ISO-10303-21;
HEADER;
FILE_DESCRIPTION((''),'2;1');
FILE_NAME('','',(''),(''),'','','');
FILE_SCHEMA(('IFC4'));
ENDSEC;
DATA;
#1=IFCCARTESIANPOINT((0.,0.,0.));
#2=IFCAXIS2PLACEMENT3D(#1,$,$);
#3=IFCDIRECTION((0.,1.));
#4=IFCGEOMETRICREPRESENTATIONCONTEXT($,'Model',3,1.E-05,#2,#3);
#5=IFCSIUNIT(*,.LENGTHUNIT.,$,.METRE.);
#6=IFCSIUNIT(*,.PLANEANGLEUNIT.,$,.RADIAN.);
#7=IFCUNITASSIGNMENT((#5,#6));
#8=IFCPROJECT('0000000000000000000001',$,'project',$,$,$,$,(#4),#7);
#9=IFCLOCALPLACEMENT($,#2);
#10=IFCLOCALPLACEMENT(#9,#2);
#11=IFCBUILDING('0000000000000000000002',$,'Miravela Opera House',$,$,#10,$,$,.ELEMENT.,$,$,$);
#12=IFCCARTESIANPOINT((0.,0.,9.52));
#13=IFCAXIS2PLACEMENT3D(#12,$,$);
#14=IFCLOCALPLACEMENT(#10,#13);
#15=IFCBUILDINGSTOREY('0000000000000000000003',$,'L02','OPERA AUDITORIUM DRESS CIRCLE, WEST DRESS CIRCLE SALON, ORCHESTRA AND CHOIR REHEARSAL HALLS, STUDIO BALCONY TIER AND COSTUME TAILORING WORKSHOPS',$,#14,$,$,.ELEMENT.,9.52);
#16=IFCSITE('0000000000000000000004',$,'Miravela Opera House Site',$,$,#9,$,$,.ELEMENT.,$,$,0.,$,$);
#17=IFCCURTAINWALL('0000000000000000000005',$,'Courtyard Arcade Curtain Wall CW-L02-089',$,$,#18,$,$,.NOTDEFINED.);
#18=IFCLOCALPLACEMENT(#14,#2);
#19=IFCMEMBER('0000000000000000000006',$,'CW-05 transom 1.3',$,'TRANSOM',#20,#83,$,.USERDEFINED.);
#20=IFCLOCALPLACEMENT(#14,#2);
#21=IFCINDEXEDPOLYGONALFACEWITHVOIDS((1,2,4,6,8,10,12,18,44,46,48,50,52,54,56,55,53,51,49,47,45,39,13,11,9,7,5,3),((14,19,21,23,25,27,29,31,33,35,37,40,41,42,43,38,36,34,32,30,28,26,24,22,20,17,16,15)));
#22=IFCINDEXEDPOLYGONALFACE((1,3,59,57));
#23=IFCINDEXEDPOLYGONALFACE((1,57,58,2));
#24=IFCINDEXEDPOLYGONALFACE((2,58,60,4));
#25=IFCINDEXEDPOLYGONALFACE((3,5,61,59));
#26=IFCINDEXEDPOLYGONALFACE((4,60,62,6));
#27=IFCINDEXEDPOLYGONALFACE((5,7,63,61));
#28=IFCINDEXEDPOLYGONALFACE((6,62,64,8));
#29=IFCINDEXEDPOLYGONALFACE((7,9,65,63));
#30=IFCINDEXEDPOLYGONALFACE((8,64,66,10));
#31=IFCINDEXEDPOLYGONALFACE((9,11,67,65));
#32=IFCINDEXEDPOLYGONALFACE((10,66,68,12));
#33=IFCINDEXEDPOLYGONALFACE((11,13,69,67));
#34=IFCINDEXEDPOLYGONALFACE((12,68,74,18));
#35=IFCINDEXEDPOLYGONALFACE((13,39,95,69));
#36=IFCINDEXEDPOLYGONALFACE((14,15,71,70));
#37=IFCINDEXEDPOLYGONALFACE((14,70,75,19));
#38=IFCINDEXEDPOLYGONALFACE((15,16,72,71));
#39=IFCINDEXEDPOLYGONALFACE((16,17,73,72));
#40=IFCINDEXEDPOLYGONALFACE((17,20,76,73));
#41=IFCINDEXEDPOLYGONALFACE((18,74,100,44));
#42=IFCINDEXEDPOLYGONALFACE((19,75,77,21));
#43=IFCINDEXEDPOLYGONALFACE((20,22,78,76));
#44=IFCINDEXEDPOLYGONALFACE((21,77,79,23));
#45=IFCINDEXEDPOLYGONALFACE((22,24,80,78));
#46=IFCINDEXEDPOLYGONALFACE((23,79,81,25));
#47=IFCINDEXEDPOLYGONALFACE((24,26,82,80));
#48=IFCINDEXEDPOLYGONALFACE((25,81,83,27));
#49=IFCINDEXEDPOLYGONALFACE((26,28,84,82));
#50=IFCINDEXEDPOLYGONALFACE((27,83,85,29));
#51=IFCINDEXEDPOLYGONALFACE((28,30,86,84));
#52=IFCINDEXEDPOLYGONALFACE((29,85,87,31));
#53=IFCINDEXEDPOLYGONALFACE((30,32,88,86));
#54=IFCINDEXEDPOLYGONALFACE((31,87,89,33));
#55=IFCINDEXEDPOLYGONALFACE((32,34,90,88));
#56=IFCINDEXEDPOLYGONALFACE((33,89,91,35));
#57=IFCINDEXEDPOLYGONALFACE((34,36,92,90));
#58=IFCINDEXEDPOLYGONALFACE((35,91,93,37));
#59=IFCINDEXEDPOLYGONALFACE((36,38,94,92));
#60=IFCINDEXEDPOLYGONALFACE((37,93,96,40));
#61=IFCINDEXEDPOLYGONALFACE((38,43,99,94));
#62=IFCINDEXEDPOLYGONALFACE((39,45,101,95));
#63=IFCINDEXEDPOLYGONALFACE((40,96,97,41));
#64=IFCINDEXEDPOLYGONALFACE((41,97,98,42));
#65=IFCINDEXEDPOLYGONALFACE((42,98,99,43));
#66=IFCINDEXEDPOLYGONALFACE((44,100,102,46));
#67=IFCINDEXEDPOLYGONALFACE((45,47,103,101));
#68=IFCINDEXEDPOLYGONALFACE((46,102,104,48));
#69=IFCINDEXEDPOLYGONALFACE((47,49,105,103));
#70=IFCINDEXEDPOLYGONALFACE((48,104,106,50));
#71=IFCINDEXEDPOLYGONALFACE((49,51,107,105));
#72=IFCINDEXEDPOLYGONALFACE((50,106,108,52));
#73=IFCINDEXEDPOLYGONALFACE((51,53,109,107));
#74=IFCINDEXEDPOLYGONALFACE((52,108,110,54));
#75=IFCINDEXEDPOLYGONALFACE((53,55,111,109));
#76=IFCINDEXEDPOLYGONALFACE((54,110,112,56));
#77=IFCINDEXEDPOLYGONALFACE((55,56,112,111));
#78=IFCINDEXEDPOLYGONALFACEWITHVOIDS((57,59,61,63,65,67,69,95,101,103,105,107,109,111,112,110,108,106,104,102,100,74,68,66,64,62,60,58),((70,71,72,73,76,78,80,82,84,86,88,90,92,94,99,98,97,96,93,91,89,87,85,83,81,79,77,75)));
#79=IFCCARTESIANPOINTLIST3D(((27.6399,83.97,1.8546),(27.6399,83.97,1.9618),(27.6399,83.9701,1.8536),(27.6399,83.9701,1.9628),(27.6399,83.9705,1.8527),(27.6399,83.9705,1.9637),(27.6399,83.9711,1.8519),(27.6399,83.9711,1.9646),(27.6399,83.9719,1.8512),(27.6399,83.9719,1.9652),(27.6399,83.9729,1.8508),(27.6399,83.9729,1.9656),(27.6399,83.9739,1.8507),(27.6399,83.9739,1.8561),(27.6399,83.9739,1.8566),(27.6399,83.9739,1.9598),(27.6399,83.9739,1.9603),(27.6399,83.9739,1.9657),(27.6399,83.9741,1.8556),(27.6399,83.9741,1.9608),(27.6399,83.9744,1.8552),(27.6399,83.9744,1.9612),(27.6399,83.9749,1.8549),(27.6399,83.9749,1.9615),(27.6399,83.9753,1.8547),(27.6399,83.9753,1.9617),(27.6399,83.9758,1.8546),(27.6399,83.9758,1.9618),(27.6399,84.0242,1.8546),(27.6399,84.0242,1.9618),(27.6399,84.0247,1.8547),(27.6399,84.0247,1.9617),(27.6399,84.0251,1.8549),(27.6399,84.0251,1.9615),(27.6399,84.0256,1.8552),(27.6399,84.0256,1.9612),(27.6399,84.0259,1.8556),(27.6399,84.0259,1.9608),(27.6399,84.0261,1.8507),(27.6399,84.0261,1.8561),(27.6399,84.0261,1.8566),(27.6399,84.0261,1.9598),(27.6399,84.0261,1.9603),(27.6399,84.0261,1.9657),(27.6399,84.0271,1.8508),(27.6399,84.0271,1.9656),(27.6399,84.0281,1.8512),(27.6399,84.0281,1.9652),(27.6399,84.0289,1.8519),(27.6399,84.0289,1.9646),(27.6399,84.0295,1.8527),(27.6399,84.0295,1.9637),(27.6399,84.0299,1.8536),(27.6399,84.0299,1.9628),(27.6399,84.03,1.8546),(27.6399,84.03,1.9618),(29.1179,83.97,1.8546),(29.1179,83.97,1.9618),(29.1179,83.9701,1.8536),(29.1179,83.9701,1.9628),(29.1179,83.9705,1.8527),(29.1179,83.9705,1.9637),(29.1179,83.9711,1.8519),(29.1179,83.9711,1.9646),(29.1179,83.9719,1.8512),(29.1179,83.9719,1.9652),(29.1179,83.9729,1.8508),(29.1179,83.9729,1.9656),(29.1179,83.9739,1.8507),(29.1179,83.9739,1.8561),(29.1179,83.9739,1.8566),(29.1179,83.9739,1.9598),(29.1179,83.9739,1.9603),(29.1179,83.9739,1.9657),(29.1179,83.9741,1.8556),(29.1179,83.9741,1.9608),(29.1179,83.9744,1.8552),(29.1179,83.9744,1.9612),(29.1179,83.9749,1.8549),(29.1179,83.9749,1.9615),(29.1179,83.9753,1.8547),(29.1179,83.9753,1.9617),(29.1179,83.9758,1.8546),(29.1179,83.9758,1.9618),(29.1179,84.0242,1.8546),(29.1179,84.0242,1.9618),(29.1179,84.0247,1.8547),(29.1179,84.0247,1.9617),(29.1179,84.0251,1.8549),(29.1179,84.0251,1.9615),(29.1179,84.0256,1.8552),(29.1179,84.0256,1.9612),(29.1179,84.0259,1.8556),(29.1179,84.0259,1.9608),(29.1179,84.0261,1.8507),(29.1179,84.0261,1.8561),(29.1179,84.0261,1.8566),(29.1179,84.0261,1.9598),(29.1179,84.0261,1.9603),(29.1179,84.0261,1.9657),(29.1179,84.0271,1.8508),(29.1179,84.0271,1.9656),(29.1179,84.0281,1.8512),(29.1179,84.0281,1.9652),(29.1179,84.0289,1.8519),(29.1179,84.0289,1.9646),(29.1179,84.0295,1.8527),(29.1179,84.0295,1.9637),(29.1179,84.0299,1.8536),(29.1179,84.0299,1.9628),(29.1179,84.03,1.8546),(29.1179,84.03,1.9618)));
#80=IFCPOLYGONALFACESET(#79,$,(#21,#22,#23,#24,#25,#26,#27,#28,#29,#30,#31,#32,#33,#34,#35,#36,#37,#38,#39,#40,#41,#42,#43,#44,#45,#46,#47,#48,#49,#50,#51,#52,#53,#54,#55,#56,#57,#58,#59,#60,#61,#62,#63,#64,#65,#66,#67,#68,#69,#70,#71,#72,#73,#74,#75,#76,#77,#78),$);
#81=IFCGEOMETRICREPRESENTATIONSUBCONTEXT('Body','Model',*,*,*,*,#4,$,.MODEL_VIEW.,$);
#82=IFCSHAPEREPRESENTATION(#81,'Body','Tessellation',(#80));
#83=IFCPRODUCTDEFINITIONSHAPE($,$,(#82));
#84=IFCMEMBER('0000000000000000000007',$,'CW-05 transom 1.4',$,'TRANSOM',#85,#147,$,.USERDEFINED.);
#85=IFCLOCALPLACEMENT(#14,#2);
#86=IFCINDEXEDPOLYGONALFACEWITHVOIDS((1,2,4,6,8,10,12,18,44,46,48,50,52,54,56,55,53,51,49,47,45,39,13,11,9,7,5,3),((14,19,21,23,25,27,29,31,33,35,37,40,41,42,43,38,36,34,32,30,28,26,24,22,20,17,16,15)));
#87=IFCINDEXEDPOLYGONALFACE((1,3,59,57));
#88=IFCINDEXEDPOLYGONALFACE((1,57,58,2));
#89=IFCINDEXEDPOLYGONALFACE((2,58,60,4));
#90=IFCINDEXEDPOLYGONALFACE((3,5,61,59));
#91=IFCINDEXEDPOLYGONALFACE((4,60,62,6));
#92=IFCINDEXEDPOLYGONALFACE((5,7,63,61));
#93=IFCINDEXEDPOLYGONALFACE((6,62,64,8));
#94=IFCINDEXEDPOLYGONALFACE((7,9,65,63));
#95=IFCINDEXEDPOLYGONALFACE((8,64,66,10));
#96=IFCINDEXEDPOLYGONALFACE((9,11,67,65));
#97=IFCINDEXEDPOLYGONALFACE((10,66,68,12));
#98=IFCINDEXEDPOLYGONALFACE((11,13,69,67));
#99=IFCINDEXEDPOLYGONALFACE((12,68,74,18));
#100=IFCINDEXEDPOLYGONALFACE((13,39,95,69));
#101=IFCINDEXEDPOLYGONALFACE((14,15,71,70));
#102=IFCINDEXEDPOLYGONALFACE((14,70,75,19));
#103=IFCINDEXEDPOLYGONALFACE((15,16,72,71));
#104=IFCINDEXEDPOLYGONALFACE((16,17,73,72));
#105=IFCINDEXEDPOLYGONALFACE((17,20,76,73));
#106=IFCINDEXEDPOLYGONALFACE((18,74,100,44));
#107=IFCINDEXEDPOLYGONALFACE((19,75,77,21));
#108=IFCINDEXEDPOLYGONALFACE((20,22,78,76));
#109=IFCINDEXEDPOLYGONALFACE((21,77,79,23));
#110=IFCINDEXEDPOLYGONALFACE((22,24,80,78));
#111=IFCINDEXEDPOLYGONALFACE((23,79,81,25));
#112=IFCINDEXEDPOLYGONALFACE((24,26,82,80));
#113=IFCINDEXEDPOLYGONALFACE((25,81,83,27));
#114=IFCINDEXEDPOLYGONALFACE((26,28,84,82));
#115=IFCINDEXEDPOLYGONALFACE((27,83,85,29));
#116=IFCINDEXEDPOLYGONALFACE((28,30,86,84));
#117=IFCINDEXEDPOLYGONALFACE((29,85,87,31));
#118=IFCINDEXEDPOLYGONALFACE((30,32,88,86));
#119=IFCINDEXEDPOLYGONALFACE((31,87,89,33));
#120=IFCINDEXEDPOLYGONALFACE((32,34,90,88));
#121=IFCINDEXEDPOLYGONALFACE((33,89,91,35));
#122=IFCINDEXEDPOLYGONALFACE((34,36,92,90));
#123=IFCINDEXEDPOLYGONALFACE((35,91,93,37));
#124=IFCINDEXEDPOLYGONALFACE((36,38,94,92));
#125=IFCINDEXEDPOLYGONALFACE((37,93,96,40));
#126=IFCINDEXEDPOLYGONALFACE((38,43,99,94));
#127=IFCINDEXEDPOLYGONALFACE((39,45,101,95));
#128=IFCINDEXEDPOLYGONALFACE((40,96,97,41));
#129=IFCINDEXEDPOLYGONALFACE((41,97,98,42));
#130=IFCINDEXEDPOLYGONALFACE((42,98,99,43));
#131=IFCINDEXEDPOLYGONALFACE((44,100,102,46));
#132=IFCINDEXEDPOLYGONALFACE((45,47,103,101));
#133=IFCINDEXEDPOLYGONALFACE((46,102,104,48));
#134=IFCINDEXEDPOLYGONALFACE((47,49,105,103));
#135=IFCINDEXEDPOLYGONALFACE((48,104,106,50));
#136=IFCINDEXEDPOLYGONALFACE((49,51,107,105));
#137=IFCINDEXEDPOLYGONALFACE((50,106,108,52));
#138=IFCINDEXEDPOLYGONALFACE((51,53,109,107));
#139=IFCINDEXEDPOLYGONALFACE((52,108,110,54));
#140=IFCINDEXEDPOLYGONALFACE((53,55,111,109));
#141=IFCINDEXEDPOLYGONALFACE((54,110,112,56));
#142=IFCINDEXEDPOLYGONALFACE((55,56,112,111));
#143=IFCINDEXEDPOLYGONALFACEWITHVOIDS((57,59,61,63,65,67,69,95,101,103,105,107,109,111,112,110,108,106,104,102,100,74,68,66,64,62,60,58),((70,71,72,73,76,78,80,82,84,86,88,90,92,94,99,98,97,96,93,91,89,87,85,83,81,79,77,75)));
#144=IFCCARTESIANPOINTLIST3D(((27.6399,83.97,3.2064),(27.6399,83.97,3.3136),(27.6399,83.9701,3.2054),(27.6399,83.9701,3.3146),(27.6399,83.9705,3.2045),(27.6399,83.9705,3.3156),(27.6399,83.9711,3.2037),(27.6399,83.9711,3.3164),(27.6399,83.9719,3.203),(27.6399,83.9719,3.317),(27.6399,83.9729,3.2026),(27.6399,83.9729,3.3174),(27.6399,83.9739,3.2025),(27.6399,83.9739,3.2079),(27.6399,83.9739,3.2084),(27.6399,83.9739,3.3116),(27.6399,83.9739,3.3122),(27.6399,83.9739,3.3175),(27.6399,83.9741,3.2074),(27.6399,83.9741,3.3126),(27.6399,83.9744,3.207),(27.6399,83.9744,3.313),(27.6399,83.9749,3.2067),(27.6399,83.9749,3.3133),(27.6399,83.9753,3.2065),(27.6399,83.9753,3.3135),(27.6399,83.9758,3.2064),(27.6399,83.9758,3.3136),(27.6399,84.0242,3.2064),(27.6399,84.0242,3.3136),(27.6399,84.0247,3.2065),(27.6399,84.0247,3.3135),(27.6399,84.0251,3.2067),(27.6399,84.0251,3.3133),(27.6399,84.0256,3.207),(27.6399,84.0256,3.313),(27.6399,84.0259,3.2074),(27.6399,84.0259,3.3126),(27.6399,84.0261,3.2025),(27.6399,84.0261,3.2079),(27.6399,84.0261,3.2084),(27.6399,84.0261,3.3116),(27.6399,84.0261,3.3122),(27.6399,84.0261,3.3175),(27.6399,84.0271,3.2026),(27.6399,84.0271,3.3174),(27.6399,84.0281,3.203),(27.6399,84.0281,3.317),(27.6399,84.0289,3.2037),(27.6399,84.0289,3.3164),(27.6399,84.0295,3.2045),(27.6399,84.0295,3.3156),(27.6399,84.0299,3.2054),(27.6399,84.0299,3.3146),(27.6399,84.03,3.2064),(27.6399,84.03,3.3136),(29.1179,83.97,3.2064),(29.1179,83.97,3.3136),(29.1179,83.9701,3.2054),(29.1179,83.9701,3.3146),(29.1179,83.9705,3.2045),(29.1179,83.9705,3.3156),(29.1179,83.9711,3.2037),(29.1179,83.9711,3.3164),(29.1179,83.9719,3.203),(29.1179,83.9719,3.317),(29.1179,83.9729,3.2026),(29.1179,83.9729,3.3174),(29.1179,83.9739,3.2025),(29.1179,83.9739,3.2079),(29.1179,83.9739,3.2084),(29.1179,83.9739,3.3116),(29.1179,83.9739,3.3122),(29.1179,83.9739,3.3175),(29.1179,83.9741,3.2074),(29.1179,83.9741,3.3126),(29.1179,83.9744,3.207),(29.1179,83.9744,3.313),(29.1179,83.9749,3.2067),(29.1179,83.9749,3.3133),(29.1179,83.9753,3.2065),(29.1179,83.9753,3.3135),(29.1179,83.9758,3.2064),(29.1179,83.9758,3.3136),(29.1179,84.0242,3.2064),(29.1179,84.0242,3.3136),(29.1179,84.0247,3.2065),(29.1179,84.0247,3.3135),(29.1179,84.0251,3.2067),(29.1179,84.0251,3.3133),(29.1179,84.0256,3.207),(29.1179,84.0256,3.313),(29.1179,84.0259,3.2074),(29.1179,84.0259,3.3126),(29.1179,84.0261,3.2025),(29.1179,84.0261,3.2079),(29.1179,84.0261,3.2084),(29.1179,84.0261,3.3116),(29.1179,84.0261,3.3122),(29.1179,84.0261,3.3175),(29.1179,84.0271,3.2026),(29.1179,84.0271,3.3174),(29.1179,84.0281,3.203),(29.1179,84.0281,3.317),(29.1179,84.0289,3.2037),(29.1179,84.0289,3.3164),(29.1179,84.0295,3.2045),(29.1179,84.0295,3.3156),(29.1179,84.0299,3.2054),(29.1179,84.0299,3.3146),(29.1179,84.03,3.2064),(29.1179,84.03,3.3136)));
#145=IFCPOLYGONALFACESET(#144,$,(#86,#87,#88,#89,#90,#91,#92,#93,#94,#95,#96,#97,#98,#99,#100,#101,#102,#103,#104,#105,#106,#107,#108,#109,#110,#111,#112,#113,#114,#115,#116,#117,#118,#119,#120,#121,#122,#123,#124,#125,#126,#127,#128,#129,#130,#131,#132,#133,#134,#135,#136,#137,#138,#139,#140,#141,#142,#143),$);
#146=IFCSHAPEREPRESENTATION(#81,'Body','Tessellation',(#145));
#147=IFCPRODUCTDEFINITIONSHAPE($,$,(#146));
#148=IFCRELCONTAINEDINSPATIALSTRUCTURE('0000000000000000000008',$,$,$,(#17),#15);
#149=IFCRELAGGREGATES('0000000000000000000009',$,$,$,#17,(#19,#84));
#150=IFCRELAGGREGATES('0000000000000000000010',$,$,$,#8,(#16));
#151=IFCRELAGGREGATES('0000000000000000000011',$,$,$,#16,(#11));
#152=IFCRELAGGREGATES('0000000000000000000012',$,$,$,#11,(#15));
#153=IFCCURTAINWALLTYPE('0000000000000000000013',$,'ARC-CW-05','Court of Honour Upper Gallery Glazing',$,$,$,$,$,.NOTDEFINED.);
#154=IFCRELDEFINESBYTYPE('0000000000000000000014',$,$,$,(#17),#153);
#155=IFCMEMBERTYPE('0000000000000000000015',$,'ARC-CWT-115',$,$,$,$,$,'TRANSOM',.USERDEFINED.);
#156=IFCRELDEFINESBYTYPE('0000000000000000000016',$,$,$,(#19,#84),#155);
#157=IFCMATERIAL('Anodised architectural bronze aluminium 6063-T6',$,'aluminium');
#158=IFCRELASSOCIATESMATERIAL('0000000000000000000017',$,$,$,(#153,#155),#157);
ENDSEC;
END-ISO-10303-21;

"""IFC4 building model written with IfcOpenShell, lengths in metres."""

from ifc_helpers import new_model, si_unit, direction, frame, origin, origin_2d, place, context, subcontext, project, spatial, hollow_rectangle, extrude, material, material_profile, profile_set, type_object, element, aggregate, save


model = new_model("IFC4")

# Units and contexts
model_context = context("Model", 3, precision=1e-05, world=origin(), true_north=direction((0.0, 1.0)))
body_context = subcontext(model_context, "Body", "Model", "MODEL_VIEW")
ifc_project = project(units=[si_unit("LENGTHUNIT", "METRE"), si_unit("PLANEANGLEUNIT", "RADIAN")], contexts=[model_context])

# Site, building, storey
site_placement = place(None, origin())
site = spatial("IfcSite", under=ifc_project, at=site_placement, Name="Miravela Opera House Site", CompositionType="ELEMENT", RefElevation=0.0)
building_placement = place(site_placement, origin())
building = spatial("IfcBuilding", under=site, at=building_placement, Name="Miravela Opera House", CompositionType="ELEMENT")
storey_placement = place(building_placement, frame((0.0, 0.0, 9.52)))
storey = spatial("IfcBuildingStorey", under=building, at=storey_placement, Name="L02", Description="OPERA AUDITORIUM DRESS CIRCLE, WEST DRESS CIRCLE SALON, ORCHESTRA AND CHOIR REHEARSAL HALLS, STUDIO BALCONY TIER AND COSTUME TAILORING WORKSHOPS", CompositionType="ELEMENT", Elevation=9.52)

# Curtain wall
ifc_material_1 = material(Name="Anodised architectural bronze aluminium 6063-T6", Category="aluminium")
curtain_wall_type = type_object("IfcCurtainWallType", Name="ARC-CW-05", Description="Court of Honour Upper Gallery Glazing", PredefinedType="NOTDEFINED", material=ifc_material_1)
curtain_wall_1_placement = place(storey_placement, origin())
curtain_wall_1 = element("IfcCurtainWall", 1, at=curtain_wall_1_placement, inside=storey, type_object=curtain_wall_type, Name="Courtyard Arcade Curtain Wall CW-L02-089", PredefinedType="NOTDEFINED")

# Members
ifc_material_profile_1 = material_profile(ifc_material_1, hollow_rectangle(XDim=0.0601, YDim=0.115, WallThickness=0.0039, InnerFilletRadius=0.002, OuterFilletRadius=0.0039, at=origin_2d()), Name="CWT-60X115")
ifc_profile_set_1 = profile_set([ifc_material_profile_1])
member_type_1 = type_object("IfcMemberType", Name="ARC-CWT-115", ElementType="TRANSOM", PredefinedType="USERDEFINED", material=ifc_profile_set_1)
member_1_placement = place(storey_placement, frame((27.6399, 84.0, 1.9082), z_axis=(1.0, 0.0, 0.0), x_axis=(0.0, 1.0, 0.0)))
member_1 = element("IfcMember", 2, at=member_1_placement, type_object=member_type_1, Name="CW-05 transom 1.3", ObjectType="TRANSOM", PredefinedType="USERDEFINED", context=body_context, shape_type="SweptSolid", body=[
    extrude(hollow_rectangle(XDim=0.0601, YDim=0.115, WallThickness=0.0039, InnerFilletRadius=0.002, OuterFilletRadius=0.0039, at=origin_2d()), origin(), (0.0, 0.0, 1.0), 1.478),
])
member_2_placement = place(storey_placement, frame((27.6399, 84.0, 3.26), z_axis=(1.0, 0.0, 0.0), x_axis=(0.0, 1.0, 0.0)))
member_2 = element("IfcMember", 3, at=member_2_placement, type_object=member_type_1, Name="CW-05 transom 1.4", ObjectType="TRANSOM", PredefinedType="USERDEFINED", context=body_context, shape_type="SweptSolid", body=[
    extrude(hollow_rectangle(XDim=0.0601, YDim=0.115, WallThickness=0.0039, InnerFilletRadius=0.002, OuterFilletRadius=0.0039, at=origin_2d()), origin(), (0.0, 0.0, 1.0), 1.478),
])

aggregate(curtain_wall_1, [member_1, member_2])

save(model, "model.ifc")
